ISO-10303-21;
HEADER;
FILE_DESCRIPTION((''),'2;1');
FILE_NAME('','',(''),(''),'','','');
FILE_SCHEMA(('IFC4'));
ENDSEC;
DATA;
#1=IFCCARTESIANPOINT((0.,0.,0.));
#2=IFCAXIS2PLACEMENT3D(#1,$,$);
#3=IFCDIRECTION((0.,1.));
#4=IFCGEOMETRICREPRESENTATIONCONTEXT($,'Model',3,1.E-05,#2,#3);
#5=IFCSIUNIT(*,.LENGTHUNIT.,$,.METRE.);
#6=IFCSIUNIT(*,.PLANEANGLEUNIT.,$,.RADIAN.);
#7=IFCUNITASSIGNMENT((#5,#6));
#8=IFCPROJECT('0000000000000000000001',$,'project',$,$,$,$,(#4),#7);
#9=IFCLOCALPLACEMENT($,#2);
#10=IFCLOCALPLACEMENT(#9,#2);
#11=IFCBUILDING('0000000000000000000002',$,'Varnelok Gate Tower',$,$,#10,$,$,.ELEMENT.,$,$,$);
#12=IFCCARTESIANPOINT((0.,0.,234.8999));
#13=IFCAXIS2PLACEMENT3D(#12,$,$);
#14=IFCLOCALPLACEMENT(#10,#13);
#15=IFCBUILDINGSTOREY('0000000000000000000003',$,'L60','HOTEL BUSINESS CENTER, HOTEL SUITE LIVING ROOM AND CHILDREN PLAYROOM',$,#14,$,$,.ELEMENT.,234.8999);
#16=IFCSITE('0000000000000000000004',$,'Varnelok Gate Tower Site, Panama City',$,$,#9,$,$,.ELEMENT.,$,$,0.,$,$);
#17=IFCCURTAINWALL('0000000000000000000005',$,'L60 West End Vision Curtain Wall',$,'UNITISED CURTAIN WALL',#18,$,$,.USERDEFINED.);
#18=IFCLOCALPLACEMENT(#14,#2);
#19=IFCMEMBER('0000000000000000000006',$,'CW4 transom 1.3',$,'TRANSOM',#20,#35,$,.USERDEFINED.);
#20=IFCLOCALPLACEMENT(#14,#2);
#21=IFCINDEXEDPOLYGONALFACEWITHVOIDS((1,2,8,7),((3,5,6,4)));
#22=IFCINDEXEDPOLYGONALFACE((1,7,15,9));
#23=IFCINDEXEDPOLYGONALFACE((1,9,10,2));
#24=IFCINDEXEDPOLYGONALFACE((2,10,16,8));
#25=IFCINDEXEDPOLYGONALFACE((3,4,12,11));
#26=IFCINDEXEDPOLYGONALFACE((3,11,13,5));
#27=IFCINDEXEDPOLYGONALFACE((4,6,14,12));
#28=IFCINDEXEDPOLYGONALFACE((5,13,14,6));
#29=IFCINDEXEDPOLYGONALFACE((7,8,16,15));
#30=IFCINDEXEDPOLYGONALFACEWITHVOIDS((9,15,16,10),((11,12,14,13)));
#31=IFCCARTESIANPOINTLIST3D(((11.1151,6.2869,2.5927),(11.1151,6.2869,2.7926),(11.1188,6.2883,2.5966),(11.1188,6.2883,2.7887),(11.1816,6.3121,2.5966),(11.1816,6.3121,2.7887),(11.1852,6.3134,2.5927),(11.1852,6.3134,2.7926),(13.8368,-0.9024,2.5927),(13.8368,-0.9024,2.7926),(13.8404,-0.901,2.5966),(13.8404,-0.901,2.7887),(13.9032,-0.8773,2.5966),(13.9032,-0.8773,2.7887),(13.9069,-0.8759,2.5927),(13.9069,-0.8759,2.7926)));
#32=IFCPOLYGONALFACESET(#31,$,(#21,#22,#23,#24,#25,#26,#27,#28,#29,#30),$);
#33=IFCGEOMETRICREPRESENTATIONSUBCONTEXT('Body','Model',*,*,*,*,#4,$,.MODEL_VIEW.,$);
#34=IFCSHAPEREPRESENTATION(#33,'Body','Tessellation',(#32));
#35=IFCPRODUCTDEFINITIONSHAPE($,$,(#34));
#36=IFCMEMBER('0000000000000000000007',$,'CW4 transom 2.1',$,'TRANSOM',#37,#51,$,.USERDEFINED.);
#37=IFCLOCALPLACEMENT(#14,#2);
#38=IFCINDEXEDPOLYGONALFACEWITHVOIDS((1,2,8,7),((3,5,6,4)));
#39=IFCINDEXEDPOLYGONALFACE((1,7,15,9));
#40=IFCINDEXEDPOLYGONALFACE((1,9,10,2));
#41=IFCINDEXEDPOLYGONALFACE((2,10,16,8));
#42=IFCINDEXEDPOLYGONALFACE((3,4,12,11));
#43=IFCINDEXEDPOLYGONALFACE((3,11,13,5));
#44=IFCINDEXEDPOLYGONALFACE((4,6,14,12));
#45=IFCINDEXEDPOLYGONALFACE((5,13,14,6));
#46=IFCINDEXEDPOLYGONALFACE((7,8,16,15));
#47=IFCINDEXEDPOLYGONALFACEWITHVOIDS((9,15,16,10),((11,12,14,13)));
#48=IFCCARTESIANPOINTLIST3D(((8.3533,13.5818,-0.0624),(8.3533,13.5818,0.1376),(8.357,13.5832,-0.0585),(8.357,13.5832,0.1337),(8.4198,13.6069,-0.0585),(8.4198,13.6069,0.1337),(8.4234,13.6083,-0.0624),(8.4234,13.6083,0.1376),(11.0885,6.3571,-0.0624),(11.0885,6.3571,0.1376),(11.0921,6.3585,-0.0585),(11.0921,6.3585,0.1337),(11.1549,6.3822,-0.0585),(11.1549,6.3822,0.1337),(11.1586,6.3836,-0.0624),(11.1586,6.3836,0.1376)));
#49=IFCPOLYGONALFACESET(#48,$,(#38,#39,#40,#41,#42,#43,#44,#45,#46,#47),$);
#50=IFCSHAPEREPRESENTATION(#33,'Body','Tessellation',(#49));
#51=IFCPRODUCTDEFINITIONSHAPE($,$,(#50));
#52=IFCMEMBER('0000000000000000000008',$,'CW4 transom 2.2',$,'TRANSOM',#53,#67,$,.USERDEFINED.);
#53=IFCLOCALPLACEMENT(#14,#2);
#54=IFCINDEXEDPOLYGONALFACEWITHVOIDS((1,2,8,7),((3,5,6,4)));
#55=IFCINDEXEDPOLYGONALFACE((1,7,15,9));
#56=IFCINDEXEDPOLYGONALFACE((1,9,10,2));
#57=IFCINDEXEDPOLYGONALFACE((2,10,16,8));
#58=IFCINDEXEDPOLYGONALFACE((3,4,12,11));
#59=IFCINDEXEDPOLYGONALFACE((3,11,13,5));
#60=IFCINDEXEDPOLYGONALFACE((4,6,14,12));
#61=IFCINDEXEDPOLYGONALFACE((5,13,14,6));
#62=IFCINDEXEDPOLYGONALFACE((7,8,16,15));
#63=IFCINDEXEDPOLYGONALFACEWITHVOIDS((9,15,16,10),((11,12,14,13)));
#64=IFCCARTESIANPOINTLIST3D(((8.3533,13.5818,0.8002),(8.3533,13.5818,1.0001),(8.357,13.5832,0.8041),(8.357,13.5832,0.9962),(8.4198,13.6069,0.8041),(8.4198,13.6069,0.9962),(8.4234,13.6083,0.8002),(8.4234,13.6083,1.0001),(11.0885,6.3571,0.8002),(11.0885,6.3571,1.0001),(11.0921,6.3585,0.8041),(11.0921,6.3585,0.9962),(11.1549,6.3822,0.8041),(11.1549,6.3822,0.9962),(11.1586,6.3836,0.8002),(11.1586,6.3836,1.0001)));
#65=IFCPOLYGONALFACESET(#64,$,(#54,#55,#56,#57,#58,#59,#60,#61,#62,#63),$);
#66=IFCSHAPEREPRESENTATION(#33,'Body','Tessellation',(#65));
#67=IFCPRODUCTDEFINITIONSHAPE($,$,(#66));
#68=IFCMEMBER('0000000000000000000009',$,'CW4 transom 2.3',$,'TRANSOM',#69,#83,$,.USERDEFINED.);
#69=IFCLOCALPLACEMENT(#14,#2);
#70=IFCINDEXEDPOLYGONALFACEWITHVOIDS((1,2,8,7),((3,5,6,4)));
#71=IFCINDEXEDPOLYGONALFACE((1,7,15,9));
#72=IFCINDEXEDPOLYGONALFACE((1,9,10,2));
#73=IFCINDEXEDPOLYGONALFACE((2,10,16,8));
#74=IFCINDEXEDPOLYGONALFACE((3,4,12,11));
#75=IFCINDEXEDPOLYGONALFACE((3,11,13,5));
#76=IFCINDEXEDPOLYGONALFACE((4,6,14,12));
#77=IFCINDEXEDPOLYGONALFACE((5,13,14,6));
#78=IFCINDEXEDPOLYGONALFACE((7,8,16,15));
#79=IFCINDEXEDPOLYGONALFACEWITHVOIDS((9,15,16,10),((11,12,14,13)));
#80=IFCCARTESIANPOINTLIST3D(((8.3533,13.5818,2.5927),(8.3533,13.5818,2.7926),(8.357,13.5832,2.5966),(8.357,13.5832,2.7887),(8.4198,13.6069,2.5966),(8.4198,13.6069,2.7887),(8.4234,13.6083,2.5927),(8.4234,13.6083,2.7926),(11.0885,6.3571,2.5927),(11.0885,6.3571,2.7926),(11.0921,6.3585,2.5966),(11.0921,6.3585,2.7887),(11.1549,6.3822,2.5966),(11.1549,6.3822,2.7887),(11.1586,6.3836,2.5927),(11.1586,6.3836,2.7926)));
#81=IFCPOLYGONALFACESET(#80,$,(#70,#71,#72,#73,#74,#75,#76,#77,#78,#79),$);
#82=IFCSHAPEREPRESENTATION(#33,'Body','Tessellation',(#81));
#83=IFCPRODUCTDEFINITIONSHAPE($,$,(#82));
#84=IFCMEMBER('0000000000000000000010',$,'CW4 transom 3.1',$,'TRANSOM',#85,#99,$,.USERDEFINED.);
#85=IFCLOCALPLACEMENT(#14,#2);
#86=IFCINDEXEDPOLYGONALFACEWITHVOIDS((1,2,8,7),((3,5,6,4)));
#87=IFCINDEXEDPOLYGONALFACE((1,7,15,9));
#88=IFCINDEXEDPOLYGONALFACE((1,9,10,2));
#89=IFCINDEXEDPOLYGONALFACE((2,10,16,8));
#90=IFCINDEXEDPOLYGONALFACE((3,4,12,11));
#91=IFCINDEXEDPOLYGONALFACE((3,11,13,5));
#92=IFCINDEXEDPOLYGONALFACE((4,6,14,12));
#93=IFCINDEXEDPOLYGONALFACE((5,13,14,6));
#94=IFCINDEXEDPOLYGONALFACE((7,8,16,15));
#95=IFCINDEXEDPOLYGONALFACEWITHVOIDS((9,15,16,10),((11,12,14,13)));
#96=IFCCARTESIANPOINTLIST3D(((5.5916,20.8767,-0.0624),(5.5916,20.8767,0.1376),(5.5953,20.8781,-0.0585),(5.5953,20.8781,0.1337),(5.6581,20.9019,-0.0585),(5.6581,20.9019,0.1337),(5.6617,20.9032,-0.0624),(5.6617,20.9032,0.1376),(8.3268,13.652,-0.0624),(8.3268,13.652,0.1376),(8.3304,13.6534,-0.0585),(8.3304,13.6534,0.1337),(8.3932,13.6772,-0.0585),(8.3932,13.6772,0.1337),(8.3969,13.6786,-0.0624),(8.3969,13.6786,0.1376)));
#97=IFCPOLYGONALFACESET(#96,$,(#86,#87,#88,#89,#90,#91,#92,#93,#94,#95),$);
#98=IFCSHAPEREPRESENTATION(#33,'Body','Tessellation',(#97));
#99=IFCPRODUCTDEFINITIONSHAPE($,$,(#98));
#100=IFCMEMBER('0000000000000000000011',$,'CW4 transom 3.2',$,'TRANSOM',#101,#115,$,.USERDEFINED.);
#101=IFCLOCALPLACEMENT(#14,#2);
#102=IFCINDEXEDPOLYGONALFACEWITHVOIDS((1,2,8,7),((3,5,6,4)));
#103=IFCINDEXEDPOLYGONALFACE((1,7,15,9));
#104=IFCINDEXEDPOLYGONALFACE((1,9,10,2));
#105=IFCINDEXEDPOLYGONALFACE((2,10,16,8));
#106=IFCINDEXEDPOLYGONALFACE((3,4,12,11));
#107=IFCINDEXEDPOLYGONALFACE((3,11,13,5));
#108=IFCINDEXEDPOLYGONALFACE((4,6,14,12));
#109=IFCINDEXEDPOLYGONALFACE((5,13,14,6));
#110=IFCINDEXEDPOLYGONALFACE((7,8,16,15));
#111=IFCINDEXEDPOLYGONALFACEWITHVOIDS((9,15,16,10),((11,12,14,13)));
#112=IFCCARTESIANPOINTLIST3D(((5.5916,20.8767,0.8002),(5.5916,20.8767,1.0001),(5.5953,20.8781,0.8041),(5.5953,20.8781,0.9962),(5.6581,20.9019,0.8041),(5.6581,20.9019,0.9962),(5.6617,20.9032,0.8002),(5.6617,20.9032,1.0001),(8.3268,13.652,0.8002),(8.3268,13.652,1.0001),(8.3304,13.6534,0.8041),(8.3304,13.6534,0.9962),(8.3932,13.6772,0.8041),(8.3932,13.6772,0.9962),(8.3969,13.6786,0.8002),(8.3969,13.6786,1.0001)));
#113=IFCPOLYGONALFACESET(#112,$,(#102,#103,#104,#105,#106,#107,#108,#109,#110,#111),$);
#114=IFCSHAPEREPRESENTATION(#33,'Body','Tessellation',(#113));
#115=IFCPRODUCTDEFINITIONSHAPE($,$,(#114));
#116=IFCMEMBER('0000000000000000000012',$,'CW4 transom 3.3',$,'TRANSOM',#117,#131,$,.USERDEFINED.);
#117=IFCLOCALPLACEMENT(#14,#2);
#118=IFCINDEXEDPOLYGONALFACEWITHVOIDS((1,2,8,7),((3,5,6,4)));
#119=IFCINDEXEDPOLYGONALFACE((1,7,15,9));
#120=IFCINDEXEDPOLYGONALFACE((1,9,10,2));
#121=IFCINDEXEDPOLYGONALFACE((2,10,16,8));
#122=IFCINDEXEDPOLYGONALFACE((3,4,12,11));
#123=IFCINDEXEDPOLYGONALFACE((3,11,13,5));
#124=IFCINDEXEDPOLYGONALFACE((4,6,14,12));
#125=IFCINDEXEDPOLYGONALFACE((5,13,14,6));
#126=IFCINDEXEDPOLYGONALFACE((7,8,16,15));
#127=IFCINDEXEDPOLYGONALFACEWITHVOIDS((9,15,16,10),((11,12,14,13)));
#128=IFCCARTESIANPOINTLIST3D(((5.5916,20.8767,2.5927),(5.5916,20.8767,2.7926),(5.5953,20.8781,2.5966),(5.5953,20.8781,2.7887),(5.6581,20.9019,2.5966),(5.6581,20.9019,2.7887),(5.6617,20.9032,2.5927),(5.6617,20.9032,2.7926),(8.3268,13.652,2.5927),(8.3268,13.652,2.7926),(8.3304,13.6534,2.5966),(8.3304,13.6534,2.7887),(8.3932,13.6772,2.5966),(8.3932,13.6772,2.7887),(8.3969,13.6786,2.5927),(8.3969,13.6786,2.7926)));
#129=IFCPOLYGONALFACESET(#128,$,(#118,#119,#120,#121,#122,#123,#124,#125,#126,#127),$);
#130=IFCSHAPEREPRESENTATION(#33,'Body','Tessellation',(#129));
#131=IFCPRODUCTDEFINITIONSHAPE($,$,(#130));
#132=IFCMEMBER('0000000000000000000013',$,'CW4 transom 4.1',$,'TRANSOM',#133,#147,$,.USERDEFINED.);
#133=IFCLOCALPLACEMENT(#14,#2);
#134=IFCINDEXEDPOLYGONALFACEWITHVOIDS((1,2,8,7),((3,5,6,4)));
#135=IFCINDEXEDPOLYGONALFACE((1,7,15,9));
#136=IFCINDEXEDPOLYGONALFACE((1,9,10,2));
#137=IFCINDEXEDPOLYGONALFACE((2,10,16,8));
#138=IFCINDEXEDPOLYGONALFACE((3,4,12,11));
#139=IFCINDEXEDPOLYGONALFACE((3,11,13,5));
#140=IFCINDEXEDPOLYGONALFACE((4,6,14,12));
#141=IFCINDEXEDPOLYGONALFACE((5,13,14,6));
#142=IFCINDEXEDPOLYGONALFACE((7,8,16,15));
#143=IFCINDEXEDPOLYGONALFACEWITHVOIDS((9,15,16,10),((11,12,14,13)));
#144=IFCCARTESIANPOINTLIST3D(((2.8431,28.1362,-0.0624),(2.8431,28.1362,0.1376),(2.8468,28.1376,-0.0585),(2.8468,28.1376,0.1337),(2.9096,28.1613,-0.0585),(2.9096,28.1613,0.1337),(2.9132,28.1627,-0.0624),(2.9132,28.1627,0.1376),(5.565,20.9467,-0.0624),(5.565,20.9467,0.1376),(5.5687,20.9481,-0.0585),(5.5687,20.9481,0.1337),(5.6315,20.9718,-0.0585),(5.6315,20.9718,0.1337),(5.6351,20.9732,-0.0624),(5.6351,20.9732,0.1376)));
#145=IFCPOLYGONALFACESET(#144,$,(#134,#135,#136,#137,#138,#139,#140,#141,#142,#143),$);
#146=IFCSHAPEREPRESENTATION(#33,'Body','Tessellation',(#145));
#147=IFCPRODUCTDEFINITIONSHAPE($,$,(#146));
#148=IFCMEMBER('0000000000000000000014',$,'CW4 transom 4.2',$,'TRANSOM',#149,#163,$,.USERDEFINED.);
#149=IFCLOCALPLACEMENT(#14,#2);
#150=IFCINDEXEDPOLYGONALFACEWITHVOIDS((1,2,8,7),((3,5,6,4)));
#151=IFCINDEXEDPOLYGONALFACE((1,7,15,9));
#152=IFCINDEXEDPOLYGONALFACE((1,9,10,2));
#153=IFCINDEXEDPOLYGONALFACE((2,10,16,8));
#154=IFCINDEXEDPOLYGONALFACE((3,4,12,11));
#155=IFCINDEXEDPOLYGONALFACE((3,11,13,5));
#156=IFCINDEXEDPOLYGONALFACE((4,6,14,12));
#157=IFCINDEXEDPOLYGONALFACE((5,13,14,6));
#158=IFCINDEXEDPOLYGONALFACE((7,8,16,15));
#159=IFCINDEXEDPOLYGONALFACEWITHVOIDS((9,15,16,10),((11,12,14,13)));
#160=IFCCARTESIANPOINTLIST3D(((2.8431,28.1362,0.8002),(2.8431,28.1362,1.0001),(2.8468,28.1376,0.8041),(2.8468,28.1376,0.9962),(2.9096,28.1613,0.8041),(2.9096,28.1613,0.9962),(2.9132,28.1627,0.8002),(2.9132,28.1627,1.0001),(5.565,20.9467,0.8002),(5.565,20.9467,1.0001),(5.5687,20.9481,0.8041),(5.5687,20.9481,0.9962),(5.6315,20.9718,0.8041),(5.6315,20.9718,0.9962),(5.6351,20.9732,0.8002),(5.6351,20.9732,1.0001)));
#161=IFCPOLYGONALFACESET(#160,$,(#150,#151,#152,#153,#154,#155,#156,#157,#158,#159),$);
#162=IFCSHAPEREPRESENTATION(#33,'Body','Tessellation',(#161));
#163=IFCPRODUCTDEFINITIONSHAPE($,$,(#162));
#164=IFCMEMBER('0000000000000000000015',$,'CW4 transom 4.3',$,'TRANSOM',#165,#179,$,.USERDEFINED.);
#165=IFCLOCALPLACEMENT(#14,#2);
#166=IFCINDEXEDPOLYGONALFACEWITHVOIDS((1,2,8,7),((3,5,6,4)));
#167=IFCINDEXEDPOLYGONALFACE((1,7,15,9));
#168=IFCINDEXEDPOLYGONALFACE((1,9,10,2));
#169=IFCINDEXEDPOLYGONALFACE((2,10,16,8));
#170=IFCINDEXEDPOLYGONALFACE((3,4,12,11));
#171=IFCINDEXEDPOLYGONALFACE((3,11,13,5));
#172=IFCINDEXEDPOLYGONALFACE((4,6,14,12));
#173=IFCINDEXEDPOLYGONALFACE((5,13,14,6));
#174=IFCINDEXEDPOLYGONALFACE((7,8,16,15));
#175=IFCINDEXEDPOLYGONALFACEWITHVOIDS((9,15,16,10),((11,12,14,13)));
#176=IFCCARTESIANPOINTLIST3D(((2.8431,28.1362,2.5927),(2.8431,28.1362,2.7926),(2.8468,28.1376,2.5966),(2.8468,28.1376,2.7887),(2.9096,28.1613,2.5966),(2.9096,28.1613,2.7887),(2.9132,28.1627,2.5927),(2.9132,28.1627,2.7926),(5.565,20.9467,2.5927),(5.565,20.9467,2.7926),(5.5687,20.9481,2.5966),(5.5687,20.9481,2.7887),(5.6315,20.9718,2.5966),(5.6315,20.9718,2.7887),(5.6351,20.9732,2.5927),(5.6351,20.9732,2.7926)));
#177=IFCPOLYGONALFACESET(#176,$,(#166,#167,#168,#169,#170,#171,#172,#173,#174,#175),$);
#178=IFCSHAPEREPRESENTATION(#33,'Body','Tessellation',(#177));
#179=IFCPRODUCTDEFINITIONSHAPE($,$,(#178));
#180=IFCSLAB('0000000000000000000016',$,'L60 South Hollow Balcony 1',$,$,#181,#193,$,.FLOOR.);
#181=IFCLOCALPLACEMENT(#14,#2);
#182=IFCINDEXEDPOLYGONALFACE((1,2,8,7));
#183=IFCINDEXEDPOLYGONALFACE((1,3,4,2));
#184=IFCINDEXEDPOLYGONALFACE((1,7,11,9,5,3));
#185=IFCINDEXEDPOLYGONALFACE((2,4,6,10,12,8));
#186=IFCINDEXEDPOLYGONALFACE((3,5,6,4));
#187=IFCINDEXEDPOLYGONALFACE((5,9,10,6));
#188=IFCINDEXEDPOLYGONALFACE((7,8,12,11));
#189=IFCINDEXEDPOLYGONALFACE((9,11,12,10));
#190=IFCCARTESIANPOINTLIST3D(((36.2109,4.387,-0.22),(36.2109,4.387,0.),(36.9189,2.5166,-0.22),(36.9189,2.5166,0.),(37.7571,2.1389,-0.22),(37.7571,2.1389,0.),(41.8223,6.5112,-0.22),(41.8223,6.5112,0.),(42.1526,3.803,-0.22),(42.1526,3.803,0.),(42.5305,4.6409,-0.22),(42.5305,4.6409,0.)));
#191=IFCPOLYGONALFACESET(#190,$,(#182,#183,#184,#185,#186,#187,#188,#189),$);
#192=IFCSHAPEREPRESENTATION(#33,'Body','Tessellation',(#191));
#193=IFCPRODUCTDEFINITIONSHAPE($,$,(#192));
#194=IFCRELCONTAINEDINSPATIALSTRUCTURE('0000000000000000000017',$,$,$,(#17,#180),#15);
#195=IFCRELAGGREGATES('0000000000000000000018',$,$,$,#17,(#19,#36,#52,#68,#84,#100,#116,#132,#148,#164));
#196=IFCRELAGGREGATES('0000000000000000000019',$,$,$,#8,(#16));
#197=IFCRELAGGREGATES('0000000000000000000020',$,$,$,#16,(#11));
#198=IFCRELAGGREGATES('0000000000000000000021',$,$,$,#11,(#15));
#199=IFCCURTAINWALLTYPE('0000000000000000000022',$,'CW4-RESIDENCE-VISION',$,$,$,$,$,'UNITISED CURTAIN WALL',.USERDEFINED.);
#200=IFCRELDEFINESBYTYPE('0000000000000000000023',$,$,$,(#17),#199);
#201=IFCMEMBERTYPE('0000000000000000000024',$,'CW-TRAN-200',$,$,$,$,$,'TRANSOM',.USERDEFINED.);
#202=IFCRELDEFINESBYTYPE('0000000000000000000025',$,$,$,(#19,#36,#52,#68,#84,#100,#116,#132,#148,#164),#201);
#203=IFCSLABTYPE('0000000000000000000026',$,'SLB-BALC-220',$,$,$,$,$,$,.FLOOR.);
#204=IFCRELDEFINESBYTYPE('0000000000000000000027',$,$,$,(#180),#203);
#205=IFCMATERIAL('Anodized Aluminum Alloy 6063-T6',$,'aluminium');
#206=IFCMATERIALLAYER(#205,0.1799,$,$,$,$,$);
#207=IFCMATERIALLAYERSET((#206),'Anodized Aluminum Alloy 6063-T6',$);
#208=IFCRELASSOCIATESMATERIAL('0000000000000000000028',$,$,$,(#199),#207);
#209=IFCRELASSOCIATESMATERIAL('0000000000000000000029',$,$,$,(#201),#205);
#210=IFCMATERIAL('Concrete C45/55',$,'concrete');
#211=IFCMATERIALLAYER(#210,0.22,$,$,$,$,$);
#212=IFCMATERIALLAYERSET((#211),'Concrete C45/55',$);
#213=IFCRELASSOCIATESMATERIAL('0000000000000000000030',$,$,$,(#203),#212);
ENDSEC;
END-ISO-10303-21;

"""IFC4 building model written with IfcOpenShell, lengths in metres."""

from ifc_helpers import new_model, si_unit, direction, frame, origin, origin_2d, place, context, subcontext, project, spatial, polyline, hollow_rectangle, outline, extrude, material, layer, layer_set, material_profile, profile_set, type_object, element, aggregate, save


model = new_model("IFC4")

# Units and contexts
model_context = context("Model", 3, precision=1e-05, world=origin(), true_north=direction((0.0, 1.0)))
body_context = subcontext(model_context, "Body", "Model", "MODEL_VIEW")
ifc_project = project(units=[si_unit("LENGTHUNIT", "METRE"), si_unit("PLANEANGLEUNIT", "RADIAN")], contexts=[model_context])

# Site, building, storey
site_placement = place(None, origin())
site = spatial("IfcSite", under=ifc_project, at=site_placement, Name="Varnelok Gate Tower Site, Panama City", CompositionType="ELEMENT", RefElevation=0.0)
building_placement = place(site_placement, origin())
building = spatial("IfcBuilding", under=site, at=building_placement, Name="Varnelok Gate Tower", CompositionType="ELEMENT")
storey_placement = place(building_placement, frame((0.0, 0.0, 234.8999)))
storey = spatial("IfcBuildingStorey", under=building, at=storey_placement, Name="L60", Description="HOTEL BUSINESS CENTER, HOTEL SUITE LIVING ROOM AND CHILDREN PLAYROOM", CompositionType="ELEMENT", Elevation=234.8999)

# Curtain wall, members
ifc_material_1 = material(Name="Anodized Aluminum Alloy 6063-T6", Category="aluminium")
ifc_layer_1 = layer(ifc_material_1, 0.1799)
ifc_layer_set_1 = layer_set([ifc_layer_1], Name="Anodized Aluminum Alloy 6063-T6")
curtain_wall_type = type_object("IfcCurtainWallType", Name="CW4-RESIDENCE-VISION", ElementType="UNITISED CURTAIN WALL", PredefinedType="USERDEFINED", material=ifc_layer_set_1)
curtain_wall_placement = place(storey_placement, origin())
curtain_wall = element("IfcCurtainWall", 1, at=curtain_wall_placement, inside=storey, type_object=curtain_wall_type, Name="L60 West End Vision Curtain Wall", ObjectType="UNITISED CURTAIN WALL", PredefinedType="USERDEFINED")
ifc_material_profile_1 = material_profile(ifc_material_1, hollow_rectangle(XDim=0.075, YDim=0.2, WallThickness=0.0039, at=origin_2d()), Name="ALU200X75X4")
ifc_profile_set_1 = profile_set([ifc_material_profile_1], Name="Anodized Aluminum Alloy 6063-T6")
member_type_1 = type_object("IfcMemberType", Name="CW-TRAN-200", ElementType="TRANSOM", PredefinedType="USERDEFINED", material=ifc_profile_set_1)
member_1_placement = place(storey_placement, frame((13.8718, -0.8892, 2.6926), z_axis=(-0.354045, 0.935228, 0.0), x_axis=(-0.935228, -0.354045, 0.0)))
member_1 = element("IfcMember", 2, at=member_1_placement, type_object=member_type_1, Name="CW4 transom 1.3", ObjectType="TRANSOM", PredefinedType="USERDEFINED", context=body_context, shape_type="SweptSolid", body=[
    extrude(hollow_rectangle(XDim=0.075, YDim=0.2, WallThickness=0.0039, at=origin_2d()), origin(), (0.0, 0.0, 1.0), 7.6873),
])
member_2_placement = place(storey_placement, frame((11.1235, 6.3704, 0.0376), z_axis=(-0.354059, 0.935223, 0.0), x_axis=(-0.935223, -0.354059, 0.0)))
member_2 = element("IfcMember", 3, at=member_2_placement, type_object=member_type_1, Name="CW4 transom 2.1", ObjectType="TRANSOM", PredefinedType="USERDEFINED", context=body_context, shape_type="SweptSolid", body=[
    extrude(hollow_rectangle(XDim=0.075, YDim=0.2, WallThickness=0.0039, at=origin_2d()), origin(), (0.0, 0.0, 1.0), 7.7251),
])
member_3_placement = place(storey_placement, frame((11.1235, 6.3704, 0.9001), z_axis=(-0.354059, 0.935223, 0.0), x_axis=(-0.935223, -0.354059, 0.0)))
member_3 = element("IfcMember", 4, at=member_3_placement, type_object=member_type_1, Name="CW4 transom 2.2", ObjectType="TRANSOM", PredefinedType="USERDEFINED", context=body_context, shape_type="SweptSolid", body=[
    extrude(hollow_rectangle(XDim=0.075, YDim=0.2, WallThickness=0.0039, at=origin_2d()), origin(), (0.0, 0.0, 1.0), 7.7251),
])
member_4_placement = place(storey_placement, frame((11.1235, 6.3704, 2.6926), z_axis=(-0.354059, 0.935223, 0.0), x_axis=(-0.935223, -0.354059, 0.0)))
member_4 = element("IfcMember", 5, at=member_4_placement, type_object=member_type_1, Name="CW4 transom 2.3", ObjectType="TRANSOM", PredefinedType="USERDEFINED", context=body_context, shape_type="SweptSolid", body=[
    extrude(hollow_rectangle(XDim=0.075, YDim=0.2, WallThickness=0.0039, at=origin_2d()), origin(), (0.0, 0.0, 1.0), 7.7251),
])
member_5_placement = place(storey_placement, frame((8.3618, 13.6653, 0.0376), z_axis=(-0.354059, 0.935223, 0.0), x_axis=(-0.935223, -0.354059, 0.0)))
member_5 = element("IfcMember", 6, at=member_5_placement, type_object=member_type_1, Name="CW4 transom 3.1", ObjectType="TRANSOM", PredefinedType="USERDEFINED", context=body_context, shape_type="SweptSolid", body=[
    extrude(hollow_rectangle(XDim=0.075, YDim=0.2, WallThickness=0.0039, at=origin_2d()), origin(), (0.0, 0.0, 1.0), 7.7251),
])
member_6_placement = place(storey_placement, frame((8.3618, 13.6653, 0.9001), z_axis=(-0.354059, 0.935223, 0.0), x_axis=(-0.935223, -0.354059, 0.0)))
member_6 = element("IfcMember", 7, at=member_6_placement, type_object=member_type_1, Name="CW4 transom 3.2", ObjectType="TRANSOM", PredefinedType="USERDEFINED", context=body_context, shape_type="SweptSolid", body=[
    extrude(hollow_rectangle(XDim=0.075, YDim=0.2, WallThickness=0.0039, at=origin_2d()), origin(), (0.0, 0.0, 1.0), 7.7251),
])
member_7_placement = place(storey_placement, frame((8.3618, 13.6653, 2.6926), z_axis=(-0.354059, 0.935223, 0.0), x_axis=(-0.935223, -0.354059, 0.0)))
member_7 = element("IfcMember", 8, at=member_7_placement, type_object=member_type_1, Name="CW4 transom 3.3", ObjectType="TRANSOM", PredefinedType="USERDEFINED", context=body_context, shape_type="SweptSolid", body=[
    extrude(hollow_rectangle(XDim=0.075, YDim=0.2, WallThickness=0.0039, at=origin_2d()), origin(), (0.0, 0.0, 1.0), 7.7251),
])
member_8_placement = place(storey_placement, frame((5.6001, 20.96, 0.0376), z_axis=(-0.354073, 0.935218, 0.0), x_axis=(-0.935218, -0.354073, 0.0)))
member_8 = element("IfcMember", 9, at=member_8_placement, type_object=member_type_1, Name="CW4 transom 4.1", ObjectType="TRANSOM", PredefinedType="USERDEFINED", context=body_context, shape_type="SweptSolid", body=[
    extrude(hollow_rectangle(XDim=0.075, YDim=0.2, WallThickness=0.0039, at=origin_2d()), origin(), (0.0, 0.0, 1.0), 7.6875),
])
member_9_placement = place(storey_placement, frame((5.6001, 20.96, 0.9001), z_axis=(-0.354073, 0.935218, 0.0), x_axis=(-0.935218, -0.354073, 0.0)))
member_9 = element("IfcMember", 10, at=member_9_placement, type_object=member_type_1, Name="CW4 transom 4.2", ObjectType="TRANSOM", PredefinedType="USERDEFINED", context=body_context, shape_type="SweptSolid", body=[
    extrude(hollow_rectangle(XDim=0.075, YDim=0.2, WallThickness=0.0039, at=origin_2d()), origin(), (0.0, 0.0, 1.0), 7.6875),
])
member_10_placement = place(storey_placement, frame((5.6001, 20.96, 2.6926), z_axis=(-0.354073, 0.935218, 0.0), x_axis=(-0.935218, -0.354073, 0.0)))
member_10 = element("IfcMember", 11, at=member_10_placement, type_object=member_type_1, Name="CW4 transom 4.3", ObjectType="TRANSOM", PredefinedType="USERDEFINED", context=body_context, shape_type="SweptSolid", body=[
    extrude(hollow_rectangle(XDim=0.075, YDim=0.2, WallThickness=0.0039, at=origin_2d()), origin(), (0.0, 0.0, 1.0), 7.6875),
])

# Slab
ifc_material_2 = material(Name="Concrete C45/55", Category="concrete")
ifc_layer_2 = layer(ifc_material_2, 0.22)
ifc_layer_set_2 = layer_set([ifc_layer_2], Name="Concrete C45/55")
slab_type_1 = type_object("IfcSlabType", Name="SLB-BALC-220", PredefinedType="FLOOR", material=ifc_layer_set_2)
slab_1_placement = place(storey_placement, frame((0.0, 0.0, -0.22)))
element("IfcSlab", 12, at=slab_1_placement, inside=storey, type_object=slab_type_1, Name="L60 South Hollow Balcony 1", PredefinedType="FLOOR", context=body_context, shape_type="SweptSolid", body=[
    extrude(outline(polyline([(36.9189, 2.5166), (37.7571, 2.1389), (42.1526, 3.803), (42.5305, 4.6409), (41.8223, 6.5112), (36.2109, 4.387), (36.9189, 2.5166)])), origin(), (0.0, 0.0, 1.0), 0.22),
])

aggregate(curtain_wall, [member_1, member_2, member_3, member_4, member_5, member_6, member_7, member_8, member_9, member_10])

save(model, "model.ifc")
